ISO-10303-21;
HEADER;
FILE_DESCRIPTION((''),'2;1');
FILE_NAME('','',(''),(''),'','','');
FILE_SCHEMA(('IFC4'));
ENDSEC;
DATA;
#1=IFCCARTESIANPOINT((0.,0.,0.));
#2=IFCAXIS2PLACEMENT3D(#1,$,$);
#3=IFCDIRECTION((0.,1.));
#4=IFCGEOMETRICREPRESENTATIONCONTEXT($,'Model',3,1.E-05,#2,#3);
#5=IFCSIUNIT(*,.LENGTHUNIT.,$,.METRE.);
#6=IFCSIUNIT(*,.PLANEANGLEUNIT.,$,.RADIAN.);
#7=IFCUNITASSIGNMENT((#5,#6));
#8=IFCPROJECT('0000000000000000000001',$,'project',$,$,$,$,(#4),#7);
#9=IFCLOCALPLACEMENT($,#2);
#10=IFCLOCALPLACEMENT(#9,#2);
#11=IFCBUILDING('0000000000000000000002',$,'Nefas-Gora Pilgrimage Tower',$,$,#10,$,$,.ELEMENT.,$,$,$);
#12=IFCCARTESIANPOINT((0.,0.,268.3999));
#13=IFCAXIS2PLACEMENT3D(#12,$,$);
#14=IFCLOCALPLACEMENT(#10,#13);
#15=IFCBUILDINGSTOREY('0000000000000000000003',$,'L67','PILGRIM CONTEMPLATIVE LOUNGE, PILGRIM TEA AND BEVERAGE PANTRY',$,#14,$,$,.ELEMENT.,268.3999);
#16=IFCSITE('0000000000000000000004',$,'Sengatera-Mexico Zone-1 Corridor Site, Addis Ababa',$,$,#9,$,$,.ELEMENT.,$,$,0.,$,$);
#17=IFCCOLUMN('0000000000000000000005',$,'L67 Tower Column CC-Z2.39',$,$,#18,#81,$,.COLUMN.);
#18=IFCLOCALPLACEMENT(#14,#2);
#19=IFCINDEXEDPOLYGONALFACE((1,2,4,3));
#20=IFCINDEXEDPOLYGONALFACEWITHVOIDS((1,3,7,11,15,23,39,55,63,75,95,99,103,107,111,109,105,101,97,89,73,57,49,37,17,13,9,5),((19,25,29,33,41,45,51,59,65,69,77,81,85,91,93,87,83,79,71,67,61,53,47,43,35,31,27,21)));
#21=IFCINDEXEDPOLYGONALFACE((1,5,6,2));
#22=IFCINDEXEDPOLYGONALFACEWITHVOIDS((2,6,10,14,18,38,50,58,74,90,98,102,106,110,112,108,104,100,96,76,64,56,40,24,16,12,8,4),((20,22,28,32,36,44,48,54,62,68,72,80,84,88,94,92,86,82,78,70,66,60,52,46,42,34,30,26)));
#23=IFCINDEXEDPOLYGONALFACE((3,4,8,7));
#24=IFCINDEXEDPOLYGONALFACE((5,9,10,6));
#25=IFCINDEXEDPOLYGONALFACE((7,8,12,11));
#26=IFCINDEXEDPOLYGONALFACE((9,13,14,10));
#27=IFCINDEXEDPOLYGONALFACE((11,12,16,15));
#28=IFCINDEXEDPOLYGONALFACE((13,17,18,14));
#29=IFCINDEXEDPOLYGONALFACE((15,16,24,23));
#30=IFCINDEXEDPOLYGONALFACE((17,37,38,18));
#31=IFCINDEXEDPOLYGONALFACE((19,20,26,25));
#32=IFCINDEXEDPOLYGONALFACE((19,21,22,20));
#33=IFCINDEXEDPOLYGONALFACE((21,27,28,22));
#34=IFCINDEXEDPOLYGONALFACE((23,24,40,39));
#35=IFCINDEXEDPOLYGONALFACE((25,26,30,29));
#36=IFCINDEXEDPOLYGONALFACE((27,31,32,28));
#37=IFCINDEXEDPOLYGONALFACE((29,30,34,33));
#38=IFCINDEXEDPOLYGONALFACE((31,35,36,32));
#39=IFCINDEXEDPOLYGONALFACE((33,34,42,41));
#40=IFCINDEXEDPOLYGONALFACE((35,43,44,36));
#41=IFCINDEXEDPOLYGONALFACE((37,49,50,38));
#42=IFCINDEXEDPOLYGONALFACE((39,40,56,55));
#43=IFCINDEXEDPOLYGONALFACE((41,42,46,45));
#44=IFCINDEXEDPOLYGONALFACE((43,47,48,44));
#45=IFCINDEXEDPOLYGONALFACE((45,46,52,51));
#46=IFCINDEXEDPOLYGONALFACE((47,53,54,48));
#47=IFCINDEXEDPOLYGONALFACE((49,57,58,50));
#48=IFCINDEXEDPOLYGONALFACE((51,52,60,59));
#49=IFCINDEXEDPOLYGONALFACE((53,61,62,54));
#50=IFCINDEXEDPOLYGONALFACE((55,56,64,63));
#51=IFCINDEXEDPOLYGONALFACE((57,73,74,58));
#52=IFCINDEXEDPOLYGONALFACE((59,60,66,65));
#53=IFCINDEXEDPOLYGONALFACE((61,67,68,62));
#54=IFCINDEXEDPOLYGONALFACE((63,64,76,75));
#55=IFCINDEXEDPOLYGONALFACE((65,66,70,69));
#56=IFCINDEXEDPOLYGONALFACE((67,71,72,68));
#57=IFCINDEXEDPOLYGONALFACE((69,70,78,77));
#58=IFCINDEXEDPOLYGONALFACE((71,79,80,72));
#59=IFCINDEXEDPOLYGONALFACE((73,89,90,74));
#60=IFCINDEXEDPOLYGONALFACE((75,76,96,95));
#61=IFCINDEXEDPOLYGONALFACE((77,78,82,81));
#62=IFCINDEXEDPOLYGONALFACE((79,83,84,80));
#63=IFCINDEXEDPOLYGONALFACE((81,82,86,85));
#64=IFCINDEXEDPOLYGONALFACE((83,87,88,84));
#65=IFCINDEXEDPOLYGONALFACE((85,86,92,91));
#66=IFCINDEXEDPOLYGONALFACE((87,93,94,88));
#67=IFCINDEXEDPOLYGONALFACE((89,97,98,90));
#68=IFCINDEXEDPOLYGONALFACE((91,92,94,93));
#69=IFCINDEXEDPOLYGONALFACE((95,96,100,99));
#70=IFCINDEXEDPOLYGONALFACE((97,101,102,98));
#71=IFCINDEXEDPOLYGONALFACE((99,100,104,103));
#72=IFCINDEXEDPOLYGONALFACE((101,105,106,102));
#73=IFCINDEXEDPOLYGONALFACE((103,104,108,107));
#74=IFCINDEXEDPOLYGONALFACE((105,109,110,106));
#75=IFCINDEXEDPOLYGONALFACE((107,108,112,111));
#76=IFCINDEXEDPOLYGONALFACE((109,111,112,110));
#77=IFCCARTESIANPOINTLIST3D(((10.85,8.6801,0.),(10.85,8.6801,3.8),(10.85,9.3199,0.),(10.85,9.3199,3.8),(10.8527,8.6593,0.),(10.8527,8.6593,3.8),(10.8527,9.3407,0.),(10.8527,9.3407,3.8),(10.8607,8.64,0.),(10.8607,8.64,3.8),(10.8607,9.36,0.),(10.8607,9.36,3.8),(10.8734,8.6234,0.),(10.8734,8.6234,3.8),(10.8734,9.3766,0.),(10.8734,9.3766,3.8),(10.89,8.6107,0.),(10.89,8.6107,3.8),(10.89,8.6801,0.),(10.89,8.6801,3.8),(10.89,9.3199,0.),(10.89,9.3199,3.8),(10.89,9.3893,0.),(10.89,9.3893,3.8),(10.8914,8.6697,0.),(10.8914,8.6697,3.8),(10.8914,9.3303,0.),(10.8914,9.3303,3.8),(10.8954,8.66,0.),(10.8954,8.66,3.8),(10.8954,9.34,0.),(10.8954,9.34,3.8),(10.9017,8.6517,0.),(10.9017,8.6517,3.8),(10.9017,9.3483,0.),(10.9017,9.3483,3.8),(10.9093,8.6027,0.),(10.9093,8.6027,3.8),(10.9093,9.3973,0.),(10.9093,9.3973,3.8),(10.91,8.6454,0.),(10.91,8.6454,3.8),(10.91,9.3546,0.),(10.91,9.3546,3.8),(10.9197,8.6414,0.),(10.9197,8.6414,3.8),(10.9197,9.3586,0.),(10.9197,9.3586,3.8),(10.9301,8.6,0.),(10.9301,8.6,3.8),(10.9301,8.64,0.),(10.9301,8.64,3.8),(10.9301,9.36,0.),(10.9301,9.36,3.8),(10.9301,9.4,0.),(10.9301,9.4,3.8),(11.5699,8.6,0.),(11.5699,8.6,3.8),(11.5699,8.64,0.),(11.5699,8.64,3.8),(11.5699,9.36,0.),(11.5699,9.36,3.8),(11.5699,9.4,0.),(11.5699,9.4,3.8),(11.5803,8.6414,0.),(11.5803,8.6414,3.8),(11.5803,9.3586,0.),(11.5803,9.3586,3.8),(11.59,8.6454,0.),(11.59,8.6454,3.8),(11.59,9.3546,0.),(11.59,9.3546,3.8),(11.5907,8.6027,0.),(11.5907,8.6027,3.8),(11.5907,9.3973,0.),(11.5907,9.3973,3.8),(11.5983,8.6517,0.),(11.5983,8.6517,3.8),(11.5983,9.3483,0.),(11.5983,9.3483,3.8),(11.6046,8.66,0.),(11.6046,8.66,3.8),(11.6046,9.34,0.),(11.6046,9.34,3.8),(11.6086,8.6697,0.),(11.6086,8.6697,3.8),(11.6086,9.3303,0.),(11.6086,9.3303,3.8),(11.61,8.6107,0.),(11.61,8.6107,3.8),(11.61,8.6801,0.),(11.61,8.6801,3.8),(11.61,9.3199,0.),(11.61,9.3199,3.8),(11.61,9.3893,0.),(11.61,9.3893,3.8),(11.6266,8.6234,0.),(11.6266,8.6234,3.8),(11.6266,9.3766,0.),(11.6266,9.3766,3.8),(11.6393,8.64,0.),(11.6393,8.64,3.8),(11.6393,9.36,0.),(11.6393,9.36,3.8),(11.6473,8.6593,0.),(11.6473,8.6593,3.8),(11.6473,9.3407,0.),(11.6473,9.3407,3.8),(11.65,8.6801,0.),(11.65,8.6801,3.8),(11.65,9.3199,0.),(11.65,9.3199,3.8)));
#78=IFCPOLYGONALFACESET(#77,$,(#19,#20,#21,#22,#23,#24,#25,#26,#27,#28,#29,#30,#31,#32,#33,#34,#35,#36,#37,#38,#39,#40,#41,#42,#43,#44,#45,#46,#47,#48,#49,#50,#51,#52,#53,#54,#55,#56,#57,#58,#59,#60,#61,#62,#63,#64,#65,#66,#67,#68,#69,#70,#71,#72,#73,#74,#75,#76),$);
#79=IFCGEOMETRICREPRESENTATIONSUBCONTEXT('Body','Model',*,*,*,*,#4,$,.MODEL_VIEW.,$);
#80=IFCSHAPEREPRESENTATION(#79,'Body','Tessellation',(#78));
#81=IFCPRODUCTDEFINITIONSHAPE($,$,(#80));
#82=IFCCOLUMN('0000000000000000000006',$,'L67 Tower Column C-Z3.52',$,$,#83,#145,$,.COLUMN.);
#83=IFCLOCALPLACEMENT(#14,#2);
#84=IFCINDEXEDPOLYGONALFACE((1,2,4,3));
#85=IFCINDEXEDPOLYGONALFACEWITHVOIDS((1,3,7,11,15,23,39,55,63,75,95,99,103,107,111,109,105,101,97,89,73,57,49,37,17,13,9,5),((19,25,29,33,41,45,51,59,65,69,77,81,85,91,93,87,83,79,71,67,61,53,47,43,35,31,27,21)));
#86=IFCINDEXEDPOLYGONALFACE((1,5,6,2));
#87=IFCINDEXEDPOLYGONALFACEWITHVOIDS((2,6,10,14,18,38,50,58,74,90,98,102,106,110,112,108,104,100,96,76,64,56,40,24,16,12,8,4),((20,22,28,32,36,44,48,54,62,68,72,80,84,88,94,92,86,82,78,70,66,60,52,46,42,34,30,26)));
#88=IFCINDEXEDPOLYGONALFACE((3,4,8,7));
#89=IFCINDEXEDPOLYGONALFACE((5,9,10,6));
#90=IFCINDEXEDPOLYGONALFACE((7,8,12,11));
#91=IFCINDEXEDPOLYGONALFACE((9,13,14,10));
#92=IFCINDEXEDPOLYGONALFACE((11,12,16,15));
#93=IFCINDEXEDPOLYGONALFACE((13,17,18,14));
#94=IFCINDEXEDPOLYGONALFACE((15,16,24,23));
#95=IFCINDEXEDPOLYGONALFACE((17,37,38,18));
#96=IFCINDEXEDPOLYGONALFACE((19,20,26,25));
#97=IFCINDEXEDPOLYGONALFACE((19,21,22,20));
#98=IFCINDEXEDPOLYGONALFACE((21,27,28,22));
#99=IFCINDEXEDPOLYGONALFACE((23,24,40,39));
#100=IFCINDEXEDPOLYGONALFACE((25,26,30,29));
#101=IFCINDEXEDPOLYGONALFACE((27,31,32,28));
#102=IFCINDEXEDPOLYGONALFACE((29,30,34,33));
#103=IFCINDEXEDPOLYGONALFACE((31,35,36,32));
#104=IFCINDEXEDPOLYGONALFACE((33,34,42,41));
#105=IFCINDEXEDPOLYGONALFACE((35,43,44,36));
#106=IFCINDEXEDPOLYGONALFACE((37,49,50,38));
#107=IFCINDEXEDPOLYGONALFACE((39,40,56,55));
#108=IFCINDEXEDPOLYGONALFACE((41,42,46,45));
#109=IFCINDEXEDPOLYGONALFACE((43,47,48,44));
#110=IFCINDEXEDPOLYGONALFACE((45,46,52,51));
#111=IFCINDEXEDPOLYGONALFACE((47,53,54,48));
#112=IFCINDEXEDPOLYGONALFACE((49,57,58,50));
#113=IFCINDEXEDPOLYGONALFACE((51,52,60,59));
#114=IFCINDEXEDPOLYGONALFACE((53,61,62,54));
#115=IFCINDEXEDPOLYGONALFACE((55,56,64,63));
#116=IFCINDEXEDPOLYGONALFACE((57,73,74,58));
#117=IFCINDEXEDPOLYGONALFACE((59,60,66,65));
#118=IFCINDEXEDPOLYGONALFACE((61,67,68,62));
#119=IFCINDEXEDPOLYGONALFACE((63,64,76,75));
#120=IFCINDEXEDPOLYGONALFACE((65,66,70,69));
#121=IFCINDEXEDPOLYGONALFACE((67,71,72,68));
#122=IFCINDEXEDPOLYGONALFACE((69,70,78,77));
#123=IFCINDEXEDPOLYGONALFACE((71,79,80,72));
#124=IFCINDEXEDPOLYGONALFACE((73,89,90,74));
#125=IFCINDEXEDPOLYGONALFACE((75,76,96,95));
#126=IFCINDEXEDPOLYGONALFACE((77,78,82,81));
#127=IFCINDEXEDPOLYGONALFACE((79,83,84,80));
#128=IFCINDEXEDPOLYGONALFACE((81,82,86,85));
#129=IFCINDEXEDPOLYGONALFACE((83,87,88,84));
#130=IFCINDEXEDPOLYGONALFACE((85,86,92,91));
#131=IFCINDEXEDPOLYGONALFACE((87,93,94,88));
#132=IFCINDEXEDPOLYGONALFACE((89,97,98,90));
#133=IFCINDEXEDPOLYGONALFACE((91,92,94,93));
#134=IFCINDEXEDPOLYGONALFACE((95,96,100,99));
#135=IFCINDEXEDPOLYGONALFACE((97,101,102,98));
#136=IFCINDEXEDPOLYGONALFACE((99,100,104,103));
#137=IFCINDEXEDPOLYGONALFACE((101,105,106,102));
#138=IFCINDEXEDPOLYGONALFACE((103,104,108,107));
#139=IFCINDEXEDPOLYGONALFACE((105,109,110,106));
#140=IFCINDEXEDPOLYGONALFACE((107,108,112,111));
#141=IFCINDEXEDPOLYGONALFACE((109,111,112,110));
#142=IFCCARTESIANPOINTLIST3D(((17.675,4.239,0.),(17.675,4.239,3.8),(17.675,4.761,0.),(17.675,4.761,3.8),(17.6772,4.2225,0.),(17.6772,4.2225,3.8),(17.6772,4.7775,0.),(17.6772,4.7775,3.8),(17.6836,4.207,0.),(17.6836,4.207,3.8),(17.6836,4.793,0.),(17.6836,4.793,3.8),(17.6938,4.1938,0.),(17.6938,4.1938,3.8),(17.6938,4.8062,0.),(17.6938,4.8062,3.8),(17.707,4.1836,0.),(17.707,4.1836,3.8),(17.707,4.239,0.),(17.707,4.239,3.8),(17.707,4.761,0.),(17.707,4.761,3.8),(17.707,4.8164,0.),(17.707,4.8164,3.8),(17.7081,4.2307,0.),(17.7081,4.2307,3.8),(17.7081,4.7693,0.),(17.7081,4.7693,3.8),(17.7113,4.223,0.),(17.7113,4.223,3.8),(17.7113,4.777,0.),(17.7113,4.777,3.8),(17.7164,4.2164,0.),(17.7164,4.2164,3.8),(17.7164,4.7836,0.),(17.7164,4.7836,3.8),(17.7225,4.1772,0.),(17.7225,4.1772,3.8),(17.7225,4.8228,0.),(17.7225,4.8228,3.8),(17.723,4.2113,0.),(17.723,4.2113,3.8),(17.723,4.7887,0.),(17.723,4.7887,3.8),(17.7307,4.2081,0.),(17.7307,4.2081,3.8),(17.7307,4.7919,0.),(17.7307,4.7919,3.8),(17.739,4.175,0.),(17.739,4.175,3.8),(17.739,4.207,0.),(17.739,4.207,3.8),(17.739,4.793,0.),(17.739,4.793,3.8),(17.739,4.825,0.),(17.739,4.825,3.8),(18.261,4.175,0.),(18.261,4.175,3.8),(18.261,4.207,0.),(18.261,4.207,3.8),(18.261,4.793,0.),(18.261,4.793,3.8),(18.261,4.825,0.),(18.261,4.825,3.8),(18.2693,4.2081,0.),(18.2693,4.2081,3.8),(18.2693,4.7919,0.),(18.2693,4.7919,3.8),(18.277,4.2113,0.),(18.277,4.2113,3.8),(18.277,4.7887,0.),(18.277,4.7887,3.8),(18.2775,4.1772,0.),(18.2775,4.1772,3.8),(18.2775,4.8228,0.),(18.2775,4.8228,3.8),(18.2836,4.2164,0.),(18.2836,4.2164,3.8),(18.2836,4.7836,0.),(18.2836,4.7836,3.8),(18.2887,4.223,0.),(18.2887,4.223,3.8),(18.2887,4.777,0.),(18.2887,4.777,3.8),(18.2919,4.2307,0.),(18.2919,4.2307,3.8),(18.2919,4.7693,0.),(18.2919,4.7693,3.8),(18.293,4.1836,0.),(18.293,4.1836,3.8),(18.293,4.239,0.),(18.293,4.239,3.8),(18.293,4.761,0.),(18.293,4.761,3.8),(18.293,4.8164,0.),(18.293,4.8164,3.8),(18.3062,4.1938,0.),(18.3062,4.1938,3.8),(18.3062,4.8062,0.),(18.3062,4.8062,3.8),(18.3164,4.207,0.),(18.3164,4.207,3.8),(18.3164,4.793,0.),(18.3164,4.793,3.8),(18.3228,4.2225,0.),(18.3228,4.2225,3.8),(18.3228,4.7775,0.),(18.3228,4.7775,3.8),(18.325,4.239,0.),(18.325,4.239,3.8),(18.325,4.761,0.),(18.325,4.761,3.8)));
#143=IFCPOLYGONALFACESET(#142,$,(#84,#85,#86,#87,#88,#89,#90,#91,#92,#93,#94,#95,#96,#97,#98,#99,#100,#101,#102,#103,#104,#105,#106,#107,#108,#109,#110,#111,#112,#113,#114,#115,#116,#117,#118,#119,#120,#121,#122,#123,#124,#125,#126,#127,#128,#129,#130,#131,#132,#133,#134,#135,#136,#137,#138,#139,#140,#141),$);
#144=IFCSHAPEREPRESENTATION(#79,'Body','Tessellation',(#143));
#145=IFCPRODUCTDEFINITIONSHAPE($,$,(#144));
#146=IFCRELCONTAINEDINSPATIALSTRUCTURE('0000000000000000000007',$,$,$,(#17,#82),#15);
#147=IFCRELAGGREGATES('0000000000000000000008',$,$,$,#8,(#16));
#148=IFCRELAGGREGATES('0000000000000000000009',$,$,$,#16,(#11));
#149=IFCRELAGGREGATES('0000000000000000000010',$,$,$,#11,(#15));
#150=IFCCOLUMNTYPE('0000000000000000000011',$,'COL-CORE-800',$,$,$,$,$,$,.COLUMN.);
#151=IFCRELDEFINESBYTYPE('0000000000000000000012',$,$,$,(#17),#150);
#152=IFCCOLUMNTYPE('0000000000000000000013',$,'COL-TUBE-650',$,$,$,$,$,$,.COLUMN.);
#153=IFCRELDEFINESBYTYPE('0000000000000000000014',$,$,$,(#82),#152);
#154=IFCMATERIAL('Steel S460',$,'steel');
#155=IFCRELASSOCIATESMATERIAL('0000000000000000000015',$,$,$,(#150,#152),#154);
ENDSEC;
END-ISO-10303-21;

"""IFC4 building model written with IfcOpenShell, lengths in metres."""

from ifc_helpers import new_model, si_unit, direction, frame, origin, origin_2d, place, context, subcontext, project, spatial, hollow_rectangle, extrude, source, transform, mapped, material, material_profile, profile_set, type_object, element, save


model = new_model("IFC4")

# Units and contexts
model_context = context("Model", 3, precision=1e-05, world=origin(), true_north=direction((0.0, 1.0)))
body_context = subcontext(model_context, "Body", "Model", "MODEL_VIEW")
ifc_project = project(units=[si_unit("LENGTHUNIT", "METRE"), si_unit("PLANEANGLEUNIT", "RADIAN")], contexts=[model_context])

# Site, building, storey
site_placement = place(None, origin())
site = spatial("IfcSite", under=ifc_project, at=site_placement, Name="Sengatera-Mexico Zone-1 Corridor Site, Addis Ababa", CompositionType="ELEMENT", RefElevation=0.0)
building_placement = place(site_placement, origin())
building = spatial("IfcBuilding", under=site, at=building_placement, Name="Nefas-Gora Pilgrimage Tower", CompositionType="ELEMENT")
storey_placement = place(building_placement, frame((0.0, 0.0, 268.3999)))
storey = spatial("IfcBuildingStorey", under=building, at=storey_placement, Name="L67", Description="PILGRIM CONTEMPLATIVE LOUNGE, PILGRIM TEA AND BEVERAGE PANTRY", CompositionType="ELEMENT", Elevation=268.3999)

# Columns
ifc_material_1 = material(Name="Steel S460", Category="steel")
ifc_material_profile_1 = material_profile(ifc_material_1, hollow_rectangle(XDim=0.8, YDim=0.8, WallThickness=0.04, InnerFilletRadius=0.04, OuterFilletRadius=0.0801, at=origin_2d()), Name="BOX 800x800x40")
ifc_profile_set_1 = profile_set([ifc_material_profile_1], Name="Steel S460")
column_type_1 = type_object("IfcColumnType", Name="COL-CORE-800", PredefinedType="COLUMN", material=ifc_profile_set_1)
shared_shape_1 = source(origin(), body_context, "Body", "SweptSolid", [
    extrude(hollow_rectangle(XDim=0.8, YDim=0.8, WallThickness=0.04, InnerFilletRadius=0.04, OuterFilletRadius=0.0801, at=origin_2d()), origin(), (0.0, 0.0, 1.0), 3.8),
])
column_placement = place(storey_placement, frame((11.25, 9.0, 0.0), z_axis=(0.0, 0.0, 1.0), x_axis=(1.0, 0.0, 0.0)))
element("IfcColumn", 1, at=column_placement, inside=storey, type_object=column_type_1, Name="L67 Tower Column CC-Z2.39", PredefinedType="COLUMN", context=body_context, shape_type="MappedRepresentation", body=[
    mapped(shared_shape_1, transform((0.0, 0.0, 0.0), x_axis=(1.0, 0.0, 0.0), y_axis=(0.0, 1.0, 0.0), z_axis=(0.0, 0.0, 1.0), scale=1.0)),
])
ifc_material_profile_2 = material_profile(ifc_material_1, hollow_rectangle(XDim=0.6499, YDim=0.6499, WallThickness=0.032, InnerFilletRadius=0.032, OuterFilletRadius=0.064, at=origin_2d()), Name="BOX 650x650x32")
ifc_profile_set_2 = profile_set([ifc_material_profile_2], Name="Steel S460")
column_type_2 = type_object("IfcColumnType", Name="COL-TUBE-650", PredefinedType="COLUMN", material=ifc_profile_set_2)
shared_shape_2 = source(origin(), body_context, "Body", "SweptSolid", [
    extrude(hollow_rectangle(XDim=0.6499, YDim=0.6499, WallThickness=0.032, InnerFilletRadius=0.032, OuterFilletRadius=0.064, at=origin_2d()), origin(), (0.0, 0.0, 1.0), 3.8),
])
for number, where, z_axis, x_axis, name in (
    (2, (18.0, 4.5, 0.0), (0.0, 0.0, 1.0), (1.0, 0.0, 0.0), "L67 Tower Column C-Z3.52"),
):
    element("IfcColumn", number, at=place(storey_placement, frame(where, z_axis=z_axis, x_axis=x_axis)), inside=storey, type_object=column_type_2, Name=name, PredefinedType="COLUMN", context=body_context, shape_type="MappedRepresentation", body=[
        mapped(shared_shape_2, transform((0.0, 0.0, 0.0), x_axis=(1.0, 0.0, 0.0), y_axis=(0.0, 1.0, 0.0), z_axis=(0.0, 0.0, 1.0), scale=1.0)),
    ])

save(model, "model.ifc")
